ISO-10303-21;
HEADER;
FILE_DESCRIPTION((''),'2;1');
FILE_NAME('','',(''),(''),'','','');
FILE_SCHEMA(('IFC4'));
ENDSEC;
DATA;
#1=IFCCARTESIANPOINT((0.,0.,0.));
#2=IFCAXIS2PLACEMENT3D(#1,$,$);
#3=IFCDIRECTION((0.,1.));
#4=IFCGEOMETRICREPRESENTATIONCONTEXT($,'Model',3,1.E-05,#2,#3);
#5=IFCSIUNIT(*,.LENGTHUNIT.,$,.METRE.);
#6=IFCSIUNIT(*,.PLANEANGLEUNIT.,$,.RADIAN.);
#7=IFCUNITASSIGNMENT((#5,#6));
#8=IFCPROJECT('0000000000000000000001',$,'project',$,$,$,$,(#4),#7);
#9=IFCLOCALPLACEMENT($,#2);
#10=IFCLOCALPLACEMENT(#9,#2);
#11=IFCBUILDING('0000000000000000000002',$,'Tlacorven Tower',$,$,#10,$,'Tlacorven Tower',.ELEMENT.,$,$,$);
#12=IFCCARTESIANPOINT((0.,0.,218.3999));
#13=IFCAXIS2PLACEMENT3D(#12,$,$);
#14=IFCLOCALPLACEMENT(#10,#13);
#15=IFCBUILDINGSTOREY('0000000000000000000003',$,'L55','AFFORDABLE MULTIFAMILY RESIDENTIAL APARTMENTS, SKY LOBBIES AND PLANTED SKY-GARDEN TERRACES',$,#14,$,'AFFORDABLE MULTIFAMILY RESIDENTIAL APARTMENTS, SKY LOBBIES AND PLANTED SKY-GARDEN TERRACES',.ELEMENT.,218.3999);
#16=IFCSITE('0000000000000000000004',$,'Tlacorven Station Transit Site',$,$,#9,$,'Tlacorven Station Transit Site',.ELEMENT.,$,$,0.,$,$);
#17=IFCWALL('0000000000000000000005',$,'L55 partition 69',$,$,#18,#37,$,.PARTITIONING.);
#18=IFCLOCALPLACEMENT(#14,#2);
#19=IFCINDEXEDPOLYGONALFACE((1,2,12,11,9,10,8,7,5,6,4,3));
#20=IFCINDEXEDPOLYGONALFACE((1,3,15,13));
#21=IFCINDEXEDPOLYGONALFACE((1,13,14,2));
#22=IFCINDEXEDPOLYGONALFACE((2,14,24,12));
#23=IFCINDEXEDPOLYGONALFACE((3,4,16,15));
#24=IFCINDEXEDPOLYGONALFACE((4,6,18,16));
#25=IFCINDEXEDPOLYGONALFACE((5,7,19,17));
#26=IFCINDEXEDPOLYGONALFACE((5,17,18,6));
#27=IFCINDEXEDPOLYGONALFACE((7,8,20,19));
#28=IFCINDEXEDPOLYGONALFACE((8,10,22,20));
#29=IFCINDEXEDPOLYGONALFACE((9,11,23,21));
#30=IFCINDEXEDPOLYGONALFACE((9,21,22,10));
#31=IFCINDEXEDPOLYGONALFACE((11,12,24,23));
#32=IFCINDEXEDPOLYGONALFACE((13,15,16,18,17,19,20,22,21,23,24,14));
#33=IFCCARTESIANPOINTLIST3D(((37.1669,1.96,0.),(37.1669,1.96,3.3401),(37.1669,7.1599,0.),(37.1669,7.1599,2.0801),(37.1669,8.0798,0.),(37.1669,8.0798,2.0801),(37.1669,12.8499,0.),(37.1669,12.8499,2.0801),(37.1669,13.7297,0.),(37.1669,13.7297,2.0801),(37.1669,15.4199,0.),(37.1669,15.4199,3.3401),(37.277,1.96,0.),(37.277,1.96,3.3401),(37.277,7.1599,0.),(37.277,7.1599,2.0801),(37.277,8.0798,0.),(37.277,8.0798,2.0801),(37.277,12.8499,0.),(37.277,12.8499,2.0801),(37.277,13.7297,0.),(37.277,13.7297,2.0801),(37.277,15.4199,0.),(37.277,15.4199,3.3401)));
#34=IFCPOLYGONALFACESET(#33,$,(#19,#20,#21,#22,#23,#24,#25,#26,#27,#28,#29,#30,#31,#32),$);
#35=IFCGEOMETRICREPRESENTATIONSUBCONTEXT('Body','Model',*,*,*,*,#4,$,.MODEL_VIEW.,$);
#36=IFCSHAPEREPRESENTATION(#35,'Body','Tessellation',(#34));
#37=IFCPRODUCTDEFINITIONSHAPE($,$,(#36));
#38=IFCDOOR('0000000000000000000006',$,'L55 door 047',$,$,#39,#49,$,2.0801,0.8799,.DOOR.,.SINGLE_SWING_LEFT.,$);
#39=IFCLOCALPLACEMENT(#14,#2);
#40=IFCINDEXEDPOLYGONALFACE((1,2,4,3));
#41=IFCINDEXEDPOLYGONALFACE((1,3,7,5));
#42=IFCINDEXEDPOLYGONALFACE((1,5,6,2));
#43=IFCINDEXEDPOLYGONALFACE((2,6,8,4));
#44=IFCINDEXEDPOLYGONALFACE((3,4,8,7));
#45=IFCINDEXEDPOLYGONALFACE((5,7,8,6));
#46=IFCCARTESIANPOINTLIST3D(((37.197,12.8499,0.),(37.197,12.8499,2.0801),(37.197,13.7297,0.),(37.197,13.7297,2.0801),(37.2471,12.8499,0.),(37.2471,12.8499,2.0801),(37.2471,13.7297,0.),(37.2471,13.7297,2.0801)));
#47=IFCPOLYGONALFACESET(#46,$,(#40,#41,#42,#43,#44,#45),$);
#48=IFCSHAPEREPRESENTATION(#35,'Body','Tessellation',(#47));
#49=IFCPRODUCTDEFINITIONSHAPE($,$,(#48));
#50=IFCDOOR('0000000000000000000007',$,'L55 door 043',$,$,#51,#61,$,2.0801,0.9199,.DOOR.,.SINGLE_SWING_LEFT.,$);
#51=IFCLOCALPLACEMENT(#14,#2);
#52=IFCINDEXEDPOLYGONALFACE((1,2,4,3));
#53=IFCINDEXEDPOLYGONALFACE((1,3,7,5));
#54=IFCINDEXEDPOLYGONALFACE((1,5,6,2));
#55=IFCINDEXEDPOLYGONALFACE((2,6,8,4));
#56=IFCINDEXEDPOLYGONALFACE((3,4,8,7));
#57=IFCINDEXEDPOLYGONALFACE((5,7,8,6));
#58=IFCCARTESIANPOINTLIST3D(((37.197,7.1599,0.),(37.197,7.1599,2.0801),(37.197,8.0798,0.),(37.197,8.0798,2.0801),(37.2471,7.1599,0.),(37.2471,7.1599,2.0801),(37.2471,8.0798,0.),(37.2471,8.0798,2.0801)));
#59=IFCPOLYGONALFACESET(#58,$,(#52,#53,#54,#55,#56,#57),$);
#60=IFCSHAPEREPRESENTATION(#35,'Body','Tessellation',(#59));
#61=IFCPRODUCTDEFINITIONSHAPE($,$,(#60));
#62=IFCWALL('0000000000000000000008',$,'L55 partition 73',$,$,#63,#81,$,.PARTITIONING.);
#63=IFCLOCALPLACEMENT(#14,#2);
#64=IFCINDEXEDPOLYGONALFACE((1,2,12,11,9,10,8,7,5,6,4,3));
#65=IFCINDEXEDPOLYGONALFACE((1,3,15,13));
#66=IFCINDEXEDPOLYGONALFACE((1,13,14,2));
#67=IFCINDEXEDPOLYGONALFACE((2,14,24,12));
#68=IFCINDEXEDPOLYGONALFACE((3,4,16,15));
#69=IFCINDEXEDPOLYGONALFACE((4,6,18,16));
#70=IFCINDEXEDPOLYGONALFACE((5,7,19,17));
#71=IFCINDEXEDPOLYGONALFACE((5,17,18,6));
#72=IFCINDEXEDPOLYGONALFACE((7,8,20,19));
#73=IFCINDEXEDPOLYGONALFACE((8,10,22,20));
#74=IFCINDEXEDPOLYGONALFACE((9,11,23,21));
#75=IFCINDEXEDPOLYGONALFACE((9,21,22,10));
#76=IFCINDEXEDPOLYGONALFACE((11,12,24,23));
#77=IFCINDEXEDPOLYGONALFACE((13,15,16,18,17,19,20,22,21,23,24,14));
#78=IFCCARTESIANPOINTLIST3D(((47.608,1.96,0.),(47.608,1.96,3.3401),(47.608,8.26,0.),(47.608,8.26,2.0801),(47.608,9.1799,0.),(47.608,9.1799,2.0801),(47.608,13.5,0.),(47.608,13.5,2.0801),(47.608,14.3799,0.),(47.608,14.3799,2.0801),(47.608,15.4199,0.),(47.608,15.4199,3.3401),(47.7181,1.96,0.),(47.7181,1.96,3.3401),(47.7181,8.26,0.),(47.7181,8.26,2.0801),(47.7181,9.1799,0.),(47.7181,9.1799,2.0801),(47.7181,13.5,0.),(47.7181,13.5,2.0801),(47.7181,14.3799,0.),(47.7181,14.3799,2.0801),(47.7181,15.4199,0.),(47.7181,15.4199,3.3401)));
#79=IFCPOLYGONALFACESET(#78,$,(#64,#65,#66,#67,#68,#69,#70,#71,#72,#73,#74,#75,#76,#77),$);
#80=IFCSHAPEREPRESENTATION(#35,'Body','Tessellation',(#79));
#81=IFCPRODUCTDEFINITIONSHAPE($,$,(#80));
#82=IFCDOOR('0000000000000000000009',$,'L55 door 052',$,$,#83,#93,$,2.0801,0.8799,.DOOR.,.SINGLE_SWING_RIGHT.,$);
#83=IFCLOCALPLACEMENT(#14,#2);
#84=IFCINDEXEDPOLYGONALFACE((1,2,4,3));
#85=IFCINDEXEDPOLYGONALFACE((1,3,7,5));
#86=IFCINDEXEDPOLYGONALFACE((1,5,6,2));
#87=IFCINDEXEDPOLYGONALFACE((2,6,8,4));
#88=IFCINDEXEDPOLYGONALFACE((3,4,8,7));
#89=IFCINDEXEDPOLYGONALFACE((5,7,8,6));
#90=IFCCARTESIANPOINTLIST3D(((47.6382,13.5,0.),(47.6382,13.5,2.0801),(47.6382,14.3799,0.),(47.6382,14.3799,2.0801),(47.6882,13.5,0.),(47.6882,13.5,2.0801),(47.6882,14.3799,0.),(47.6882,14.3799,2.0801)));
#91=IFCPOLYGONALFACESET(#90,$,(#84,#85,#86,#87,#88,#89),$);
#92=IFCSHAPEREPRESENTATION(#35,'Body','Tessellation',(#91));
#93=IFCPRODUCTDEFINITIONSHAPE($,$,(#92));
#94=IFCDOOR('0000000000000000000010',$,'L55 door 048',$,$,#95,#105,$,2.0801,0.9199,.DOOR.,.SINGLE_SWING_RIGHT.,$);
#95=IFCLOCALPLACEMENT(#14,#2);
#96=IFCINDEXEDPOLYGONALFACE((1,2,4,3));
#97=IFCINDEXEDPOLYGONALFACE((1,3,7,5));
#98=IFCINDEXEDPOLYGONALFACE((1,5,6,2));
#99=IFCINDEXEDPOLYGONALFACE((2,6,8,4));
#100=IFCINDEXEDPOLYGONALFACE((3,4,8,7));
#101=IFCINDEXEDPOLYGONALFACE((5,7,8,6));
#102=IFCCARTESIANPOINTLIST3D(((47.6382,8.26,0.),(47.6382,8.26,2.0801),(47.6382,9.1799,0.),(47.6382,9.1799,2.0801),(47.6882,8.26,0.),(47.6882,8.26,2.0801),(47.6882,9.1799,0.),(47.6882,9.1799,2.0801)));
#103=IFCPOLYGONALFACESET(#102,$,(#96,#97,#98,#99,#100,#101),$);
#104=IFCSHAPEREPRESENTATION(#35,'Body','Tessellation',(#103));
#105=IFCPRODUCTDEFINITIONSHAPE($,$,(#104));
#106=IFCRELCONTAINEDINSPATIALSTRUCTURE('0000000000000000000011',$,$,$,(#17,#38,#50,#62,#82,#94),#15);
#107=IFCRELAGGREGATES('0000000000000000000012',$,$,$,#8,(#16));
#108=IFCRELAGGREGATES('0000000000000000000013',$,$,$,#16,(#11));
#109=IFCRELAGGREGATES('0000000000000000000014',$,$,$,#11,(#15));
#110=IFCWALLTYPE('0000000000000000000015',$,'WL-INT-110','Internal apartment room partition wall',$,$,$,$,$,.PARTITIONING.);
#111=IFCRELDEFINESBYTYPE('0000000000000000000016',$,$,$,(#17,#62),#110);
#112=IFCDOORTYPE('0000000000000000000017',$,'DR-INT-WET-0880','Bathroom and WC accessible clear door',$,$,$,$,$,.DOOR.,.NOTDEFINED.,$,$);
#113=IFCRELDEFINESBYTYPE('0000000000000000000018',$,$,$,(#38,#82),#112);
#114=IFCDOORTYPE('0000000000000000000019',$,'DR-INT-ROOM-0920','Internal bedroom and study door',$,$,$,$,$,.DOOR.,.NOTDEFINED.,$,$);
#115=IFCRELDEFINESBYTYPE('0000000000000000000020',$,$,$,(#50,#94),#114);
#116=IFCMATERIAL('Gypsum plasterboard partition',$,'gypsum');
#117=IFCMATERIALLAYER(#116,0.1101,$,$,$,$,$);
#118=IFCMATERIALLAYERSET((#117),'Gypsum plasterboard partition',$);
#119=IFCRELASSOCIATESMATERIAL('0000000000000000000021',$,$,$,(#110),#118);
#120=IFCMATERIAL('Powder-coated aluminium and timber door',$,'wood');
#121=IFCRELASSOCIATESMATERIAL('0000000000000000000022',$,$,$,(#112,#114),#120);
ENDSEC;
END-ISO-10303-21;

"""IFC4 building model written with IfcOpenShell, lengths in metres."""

from ifc_helpers import new_model, si_unit, direction, frame, frame_2d, origin, place, context, subcontext, project, spatial, rectangle, extrude, source, transform, mapped, material, layer, layer_set, type_object, element, fill, save


model = new_model("IFC4")

# Units and contexts
model_context = context("Model", 3, precision=1e-05, world=origin(), true_north=direction((0.0, 1.0)))
body_context = subcontext(model_context, "Body", "Model", "MODEL_VIEW")
ifc_project = project(units=[si_unit("LENGTHUNIT", "METRE"), si_unit("PLANEANGLEUNIT", "RADIAN")], contexts=[model_context])

# Site, building, storey
site_placement = place(None, origin())
site = spatial("IfcSite", under=ifc_project, at=site_placement, Name="Tlacorven Station Transit Site", LongName="Tlacorven Station Transit Site", CompositionType="ELEMENT", RefElevation=0.0)
building_placement = place(site_placement, origin())
building = spatial("IfcBuilding", under=site, at=building_placement, Name="Tlacorven Tower", LongName="Tlacorven Tower", CompositionType="ELEMENT")
storey_placement = place(building_placement, frame((0.0, 0.0, 218.3999)))
storey = spatial("IfcBuildingStorey", under=building, at=storey_placement, Name="L55", Description="AFFORDABLE MULTIFAMILY RESIDENTIAL APARTMENTS, SKY LOBBIES AND PLANTED SKY-GARDEN TERRACES", LongName="AFFORDABLE MULTIFAMILY RESIDENTIAL APARTMENTS, SKY LOBBIES AND PLANTED SKY-GARDEN TERRACES", CompositionType="ELEMENT", Elevation=218.3999)

# Walls, openings, doors
ifc_material_1 = material(Name="Gypsum plasterboard partition", Category="gypsum")
ifc_layer_1 = layer(ifc_material_1, 0.1101)
ifc_layer_set_1 = layer_set([ifc_layer_1], Name="Gypsum plasterboard partition")
wall_type_1 = type_object("IfcWallType", Name="WL-INT-110", Description="Internal apartment room partition wall", PredefinedType="PARTITIONING", material=ifc_layer_set_1)
wall_1_placement = place(storey_placement, frame((37.2219, 1.96, 0.0), z_axis=(0.0, 0.0, 1.0), x_axis=(0.0, 1.0, 0.0)))
wall_1 = element("IfcWall", 1, at=wall_1_placement, inside=storey, type_object=wall_type_1, Name="L55 partition 69", PredefinedType="PARTITIONING", context=body_context, shape_type="SweptSolid", body=[
    extrude(rectangle(XDim=13.46, YDim=0.1101, at=frame_2d((6.73, 0.0))), origin(), (0.0, 0.0, 1.0), 3.3401),
])
opening_1_placement = place(wall_1_placement, frame((5.2, 0.0, 0.0)))
opening_1 = element("IfcOpeningElement", 2, at=opening_1_placement, cuts=wall_1, PredefinedType="OPENING", context=body_context, shape_type="SweptSolid", body=[
    extrude(rectangle(XDim=0.9199, YDim=2.0801, at=frame_2d((0.46, 1.04))), frame((0.0, 0.0649, 0.0), z_axis=(0.0, -1.0, 0.0), x_axis=(1.0, 0.0, 0.0)), (0.0, 0.0, 1.0), 0.1301),
])
opening_2_placement = place(wall_1_placement, frame((10.8899, 0.0, 0.0)))
opening_2 = element("IfcOpeningElement", 3, at=opening_2_placement, cuts=wall_1, PredefinedType="OPENING", context=body_context, shape_type="SweptSolid", body=[
    extrude(rectangle(XDim=0.8799, YDim=2.0801, at=frame_2d((0.4399, 1.04))), frame((0.0, 0.0649, 0.0), z_axis=(0.0, -1.0, 0.0), x_axis=(1.0, 0.0, 0.0)), (0.0, 0.0, 1.0), 0.1301),
])
ifc_material_2 = material(Name="Powder-coated aluminium and timber door", Category="wood")
door_type_1 = type_object("IfcDoorType", Name="DR-INT-WET-0880", Description="Bathroom and WC accessible clear door", OperationType="NOTDEFINED", PredefinedType="DOOR", material=ifc_material_2)
shared_shape_1 = source(origin(), body_context, "Body", "SweptSolid", [
    extrude(rectangle(XDim=0.8799, YDim=2.0801, at=frame_2d((0.4399, 1.04))), frame((0.0, 0.0249, 0.0), z_axis=(0.0, -1.0, 0.0), x_axis=(1.0, 0.0, 0.0)), (0.0, 0.0, 1.0), 0.05),
])
door_1_placement = place(opening_2_placement, origin())
door_1 = element("IfcDoor", 4, at=door_1_placement, inside=storey, type_object=door_type_1, Name="L55 door 047", OperationType="SINGLE_SWING_LEFT", OverallHeight=2.0801, OverallWidth=0.8799, PredefinedType="DOOR", context=body_context, shape_type="MappedRepresentation", body=[
    mapped(shared_shape_1, transform((0.0, 0.0, 0.0), scale=1.0)),
])
fill(opening_2, door_1)
door_type_2 = type_object("IfcDoorType", Name="DR-INT-ROOM-0920", Description="Internal bedroom and study door", OperationType="NOTDEFINED", PredefinedType="DOOR", material=ifc_material_2)
shared_shape_2 = source(origin(), body_context, "Body", "SweptSolid", [
    extrude(rectangle(XDim=0.9199, YDim=2.0801, at=frame_2d((0.46, 1.04))), frame((0.0, 0.0249, 0.0), z_axis=(0.0, -1.0, 0.0), x_axis=(1.0, 0.0, 0.0)), (0.0, 0.0, 1.0), 0.05),
])
door_2_placement = place(opening_1_placement, origin())
door_2 = element("IfcDoor", 5, at=door_2_placement, inside=storey, type_object=door_type_2, Name="L55 door 043", OperationType="SINGLE_SWING_LEFT", OverallHeight=2.0801, OverallWidth=0.9199, PredefinedType="DOOR", context=body_context, shape_type="MappedRepresentation", body=[
    mapped(shared_shape_2, transform((0.0, 0.0, 0.0), scale=1.0)),
])
fill(opening_1, door_2)
wall_2_placement = place(storey_placement, frame((47.6631, 1.96, 0.0), z_axis=(0.0, 0.0, 1.0), x_axis=(0.0, 1.0, 0.0)))
wall_2 = element("IfcWall", 6, at=wall_2_placement, inside=storey, type_object=wall_type_1, Name="L55 partition 73", PredefinedType="PARTITIONING", context=body_context, shape_type="SweptSolid", body=[
    extrude(rectangle(XDim=13.46, YDim=0.1101, at=frame_2d((6.73, 0.0))), origin(), (0.0, 0.0, 1.0), 3.3401),
])
opening_3_placement = place(wall_2_placement, frame((6.3, 0.0, 0.0)))
opening_3 = element("IfcOpeningElement", 7, at=opening_3_placement, cuts=wall_2, PredefinedType="OPENING", context=body_context, shape_type="SweptSolid", body=[
    extrude(rectangle(XDim=0.9199, YDim=2.0801, at=frame_2d((0.46, 1.04))), frame((0.0, 0.0649, 0.0), z_axis=(0.0, -1.0, 0.0), x_axis=(1.0, 0.0, 0.0)), (0.0, 0.0, 1.0), 0.1301),
])
opening_4_placement = place(wall_2_placement, frame((11.54, 0.0, 0.0)))
opening_4 = element("IfcOpeningElement", 8, at=opening_4_placement, cuts=wall_2, PredefinedType="OPENING", context=body_context, shape_type="SweptSolid", body=[
    extrude(rectangle(XDim=0.8799, YDim=2.0801, at=frame_2d((0.4399, 1.04))), frame((0.0, 0.0649, 0.0), z_axis=(0.0, -1.0, 0.0), x_axis=(1.0, 0.0, 0.0)), (0.0, 0.0, 1.0), 0.1301),
])
door_3_placement = place(opening_4_placement, origin())
door_3 = element("IfcDoor", 9, at=door_3_placement, inside=storey, type_object=door_type_1, Name="L55 door 052", OperationType="SINGLE_SWING_RIGHT", OverallHeight=2.0801, OverallWidth=0.8799, PredefinedType="DOOR", context=body_context, shape_type="MappedRepresentation", body=[
    mapped(shared_shape_1, transform((0.0, 0.0, 0.0), scale=1.0)),
])
fill(opening_4, door_3)
door_4_placement = place(opening_3_placement, origin())
door_4 = element("IfcDoor", 10, at=door_4_placement, inside=storey, type_object=door_type_2, Name="L55 door 048", OperationType="SINGLE_SWING_RIGHT", OverallHeight=2.0801, OverallWidth=0.9199, PredefinedType="DOOR", context=body_context, shape_type="MappedRepresentation", body=[
    mapped(shared_shape_2, transform((0.0, 0.0, 0.0), scale=1.0)),
])
fill(opening_3, door_4)

save(model, "model.ifc")
